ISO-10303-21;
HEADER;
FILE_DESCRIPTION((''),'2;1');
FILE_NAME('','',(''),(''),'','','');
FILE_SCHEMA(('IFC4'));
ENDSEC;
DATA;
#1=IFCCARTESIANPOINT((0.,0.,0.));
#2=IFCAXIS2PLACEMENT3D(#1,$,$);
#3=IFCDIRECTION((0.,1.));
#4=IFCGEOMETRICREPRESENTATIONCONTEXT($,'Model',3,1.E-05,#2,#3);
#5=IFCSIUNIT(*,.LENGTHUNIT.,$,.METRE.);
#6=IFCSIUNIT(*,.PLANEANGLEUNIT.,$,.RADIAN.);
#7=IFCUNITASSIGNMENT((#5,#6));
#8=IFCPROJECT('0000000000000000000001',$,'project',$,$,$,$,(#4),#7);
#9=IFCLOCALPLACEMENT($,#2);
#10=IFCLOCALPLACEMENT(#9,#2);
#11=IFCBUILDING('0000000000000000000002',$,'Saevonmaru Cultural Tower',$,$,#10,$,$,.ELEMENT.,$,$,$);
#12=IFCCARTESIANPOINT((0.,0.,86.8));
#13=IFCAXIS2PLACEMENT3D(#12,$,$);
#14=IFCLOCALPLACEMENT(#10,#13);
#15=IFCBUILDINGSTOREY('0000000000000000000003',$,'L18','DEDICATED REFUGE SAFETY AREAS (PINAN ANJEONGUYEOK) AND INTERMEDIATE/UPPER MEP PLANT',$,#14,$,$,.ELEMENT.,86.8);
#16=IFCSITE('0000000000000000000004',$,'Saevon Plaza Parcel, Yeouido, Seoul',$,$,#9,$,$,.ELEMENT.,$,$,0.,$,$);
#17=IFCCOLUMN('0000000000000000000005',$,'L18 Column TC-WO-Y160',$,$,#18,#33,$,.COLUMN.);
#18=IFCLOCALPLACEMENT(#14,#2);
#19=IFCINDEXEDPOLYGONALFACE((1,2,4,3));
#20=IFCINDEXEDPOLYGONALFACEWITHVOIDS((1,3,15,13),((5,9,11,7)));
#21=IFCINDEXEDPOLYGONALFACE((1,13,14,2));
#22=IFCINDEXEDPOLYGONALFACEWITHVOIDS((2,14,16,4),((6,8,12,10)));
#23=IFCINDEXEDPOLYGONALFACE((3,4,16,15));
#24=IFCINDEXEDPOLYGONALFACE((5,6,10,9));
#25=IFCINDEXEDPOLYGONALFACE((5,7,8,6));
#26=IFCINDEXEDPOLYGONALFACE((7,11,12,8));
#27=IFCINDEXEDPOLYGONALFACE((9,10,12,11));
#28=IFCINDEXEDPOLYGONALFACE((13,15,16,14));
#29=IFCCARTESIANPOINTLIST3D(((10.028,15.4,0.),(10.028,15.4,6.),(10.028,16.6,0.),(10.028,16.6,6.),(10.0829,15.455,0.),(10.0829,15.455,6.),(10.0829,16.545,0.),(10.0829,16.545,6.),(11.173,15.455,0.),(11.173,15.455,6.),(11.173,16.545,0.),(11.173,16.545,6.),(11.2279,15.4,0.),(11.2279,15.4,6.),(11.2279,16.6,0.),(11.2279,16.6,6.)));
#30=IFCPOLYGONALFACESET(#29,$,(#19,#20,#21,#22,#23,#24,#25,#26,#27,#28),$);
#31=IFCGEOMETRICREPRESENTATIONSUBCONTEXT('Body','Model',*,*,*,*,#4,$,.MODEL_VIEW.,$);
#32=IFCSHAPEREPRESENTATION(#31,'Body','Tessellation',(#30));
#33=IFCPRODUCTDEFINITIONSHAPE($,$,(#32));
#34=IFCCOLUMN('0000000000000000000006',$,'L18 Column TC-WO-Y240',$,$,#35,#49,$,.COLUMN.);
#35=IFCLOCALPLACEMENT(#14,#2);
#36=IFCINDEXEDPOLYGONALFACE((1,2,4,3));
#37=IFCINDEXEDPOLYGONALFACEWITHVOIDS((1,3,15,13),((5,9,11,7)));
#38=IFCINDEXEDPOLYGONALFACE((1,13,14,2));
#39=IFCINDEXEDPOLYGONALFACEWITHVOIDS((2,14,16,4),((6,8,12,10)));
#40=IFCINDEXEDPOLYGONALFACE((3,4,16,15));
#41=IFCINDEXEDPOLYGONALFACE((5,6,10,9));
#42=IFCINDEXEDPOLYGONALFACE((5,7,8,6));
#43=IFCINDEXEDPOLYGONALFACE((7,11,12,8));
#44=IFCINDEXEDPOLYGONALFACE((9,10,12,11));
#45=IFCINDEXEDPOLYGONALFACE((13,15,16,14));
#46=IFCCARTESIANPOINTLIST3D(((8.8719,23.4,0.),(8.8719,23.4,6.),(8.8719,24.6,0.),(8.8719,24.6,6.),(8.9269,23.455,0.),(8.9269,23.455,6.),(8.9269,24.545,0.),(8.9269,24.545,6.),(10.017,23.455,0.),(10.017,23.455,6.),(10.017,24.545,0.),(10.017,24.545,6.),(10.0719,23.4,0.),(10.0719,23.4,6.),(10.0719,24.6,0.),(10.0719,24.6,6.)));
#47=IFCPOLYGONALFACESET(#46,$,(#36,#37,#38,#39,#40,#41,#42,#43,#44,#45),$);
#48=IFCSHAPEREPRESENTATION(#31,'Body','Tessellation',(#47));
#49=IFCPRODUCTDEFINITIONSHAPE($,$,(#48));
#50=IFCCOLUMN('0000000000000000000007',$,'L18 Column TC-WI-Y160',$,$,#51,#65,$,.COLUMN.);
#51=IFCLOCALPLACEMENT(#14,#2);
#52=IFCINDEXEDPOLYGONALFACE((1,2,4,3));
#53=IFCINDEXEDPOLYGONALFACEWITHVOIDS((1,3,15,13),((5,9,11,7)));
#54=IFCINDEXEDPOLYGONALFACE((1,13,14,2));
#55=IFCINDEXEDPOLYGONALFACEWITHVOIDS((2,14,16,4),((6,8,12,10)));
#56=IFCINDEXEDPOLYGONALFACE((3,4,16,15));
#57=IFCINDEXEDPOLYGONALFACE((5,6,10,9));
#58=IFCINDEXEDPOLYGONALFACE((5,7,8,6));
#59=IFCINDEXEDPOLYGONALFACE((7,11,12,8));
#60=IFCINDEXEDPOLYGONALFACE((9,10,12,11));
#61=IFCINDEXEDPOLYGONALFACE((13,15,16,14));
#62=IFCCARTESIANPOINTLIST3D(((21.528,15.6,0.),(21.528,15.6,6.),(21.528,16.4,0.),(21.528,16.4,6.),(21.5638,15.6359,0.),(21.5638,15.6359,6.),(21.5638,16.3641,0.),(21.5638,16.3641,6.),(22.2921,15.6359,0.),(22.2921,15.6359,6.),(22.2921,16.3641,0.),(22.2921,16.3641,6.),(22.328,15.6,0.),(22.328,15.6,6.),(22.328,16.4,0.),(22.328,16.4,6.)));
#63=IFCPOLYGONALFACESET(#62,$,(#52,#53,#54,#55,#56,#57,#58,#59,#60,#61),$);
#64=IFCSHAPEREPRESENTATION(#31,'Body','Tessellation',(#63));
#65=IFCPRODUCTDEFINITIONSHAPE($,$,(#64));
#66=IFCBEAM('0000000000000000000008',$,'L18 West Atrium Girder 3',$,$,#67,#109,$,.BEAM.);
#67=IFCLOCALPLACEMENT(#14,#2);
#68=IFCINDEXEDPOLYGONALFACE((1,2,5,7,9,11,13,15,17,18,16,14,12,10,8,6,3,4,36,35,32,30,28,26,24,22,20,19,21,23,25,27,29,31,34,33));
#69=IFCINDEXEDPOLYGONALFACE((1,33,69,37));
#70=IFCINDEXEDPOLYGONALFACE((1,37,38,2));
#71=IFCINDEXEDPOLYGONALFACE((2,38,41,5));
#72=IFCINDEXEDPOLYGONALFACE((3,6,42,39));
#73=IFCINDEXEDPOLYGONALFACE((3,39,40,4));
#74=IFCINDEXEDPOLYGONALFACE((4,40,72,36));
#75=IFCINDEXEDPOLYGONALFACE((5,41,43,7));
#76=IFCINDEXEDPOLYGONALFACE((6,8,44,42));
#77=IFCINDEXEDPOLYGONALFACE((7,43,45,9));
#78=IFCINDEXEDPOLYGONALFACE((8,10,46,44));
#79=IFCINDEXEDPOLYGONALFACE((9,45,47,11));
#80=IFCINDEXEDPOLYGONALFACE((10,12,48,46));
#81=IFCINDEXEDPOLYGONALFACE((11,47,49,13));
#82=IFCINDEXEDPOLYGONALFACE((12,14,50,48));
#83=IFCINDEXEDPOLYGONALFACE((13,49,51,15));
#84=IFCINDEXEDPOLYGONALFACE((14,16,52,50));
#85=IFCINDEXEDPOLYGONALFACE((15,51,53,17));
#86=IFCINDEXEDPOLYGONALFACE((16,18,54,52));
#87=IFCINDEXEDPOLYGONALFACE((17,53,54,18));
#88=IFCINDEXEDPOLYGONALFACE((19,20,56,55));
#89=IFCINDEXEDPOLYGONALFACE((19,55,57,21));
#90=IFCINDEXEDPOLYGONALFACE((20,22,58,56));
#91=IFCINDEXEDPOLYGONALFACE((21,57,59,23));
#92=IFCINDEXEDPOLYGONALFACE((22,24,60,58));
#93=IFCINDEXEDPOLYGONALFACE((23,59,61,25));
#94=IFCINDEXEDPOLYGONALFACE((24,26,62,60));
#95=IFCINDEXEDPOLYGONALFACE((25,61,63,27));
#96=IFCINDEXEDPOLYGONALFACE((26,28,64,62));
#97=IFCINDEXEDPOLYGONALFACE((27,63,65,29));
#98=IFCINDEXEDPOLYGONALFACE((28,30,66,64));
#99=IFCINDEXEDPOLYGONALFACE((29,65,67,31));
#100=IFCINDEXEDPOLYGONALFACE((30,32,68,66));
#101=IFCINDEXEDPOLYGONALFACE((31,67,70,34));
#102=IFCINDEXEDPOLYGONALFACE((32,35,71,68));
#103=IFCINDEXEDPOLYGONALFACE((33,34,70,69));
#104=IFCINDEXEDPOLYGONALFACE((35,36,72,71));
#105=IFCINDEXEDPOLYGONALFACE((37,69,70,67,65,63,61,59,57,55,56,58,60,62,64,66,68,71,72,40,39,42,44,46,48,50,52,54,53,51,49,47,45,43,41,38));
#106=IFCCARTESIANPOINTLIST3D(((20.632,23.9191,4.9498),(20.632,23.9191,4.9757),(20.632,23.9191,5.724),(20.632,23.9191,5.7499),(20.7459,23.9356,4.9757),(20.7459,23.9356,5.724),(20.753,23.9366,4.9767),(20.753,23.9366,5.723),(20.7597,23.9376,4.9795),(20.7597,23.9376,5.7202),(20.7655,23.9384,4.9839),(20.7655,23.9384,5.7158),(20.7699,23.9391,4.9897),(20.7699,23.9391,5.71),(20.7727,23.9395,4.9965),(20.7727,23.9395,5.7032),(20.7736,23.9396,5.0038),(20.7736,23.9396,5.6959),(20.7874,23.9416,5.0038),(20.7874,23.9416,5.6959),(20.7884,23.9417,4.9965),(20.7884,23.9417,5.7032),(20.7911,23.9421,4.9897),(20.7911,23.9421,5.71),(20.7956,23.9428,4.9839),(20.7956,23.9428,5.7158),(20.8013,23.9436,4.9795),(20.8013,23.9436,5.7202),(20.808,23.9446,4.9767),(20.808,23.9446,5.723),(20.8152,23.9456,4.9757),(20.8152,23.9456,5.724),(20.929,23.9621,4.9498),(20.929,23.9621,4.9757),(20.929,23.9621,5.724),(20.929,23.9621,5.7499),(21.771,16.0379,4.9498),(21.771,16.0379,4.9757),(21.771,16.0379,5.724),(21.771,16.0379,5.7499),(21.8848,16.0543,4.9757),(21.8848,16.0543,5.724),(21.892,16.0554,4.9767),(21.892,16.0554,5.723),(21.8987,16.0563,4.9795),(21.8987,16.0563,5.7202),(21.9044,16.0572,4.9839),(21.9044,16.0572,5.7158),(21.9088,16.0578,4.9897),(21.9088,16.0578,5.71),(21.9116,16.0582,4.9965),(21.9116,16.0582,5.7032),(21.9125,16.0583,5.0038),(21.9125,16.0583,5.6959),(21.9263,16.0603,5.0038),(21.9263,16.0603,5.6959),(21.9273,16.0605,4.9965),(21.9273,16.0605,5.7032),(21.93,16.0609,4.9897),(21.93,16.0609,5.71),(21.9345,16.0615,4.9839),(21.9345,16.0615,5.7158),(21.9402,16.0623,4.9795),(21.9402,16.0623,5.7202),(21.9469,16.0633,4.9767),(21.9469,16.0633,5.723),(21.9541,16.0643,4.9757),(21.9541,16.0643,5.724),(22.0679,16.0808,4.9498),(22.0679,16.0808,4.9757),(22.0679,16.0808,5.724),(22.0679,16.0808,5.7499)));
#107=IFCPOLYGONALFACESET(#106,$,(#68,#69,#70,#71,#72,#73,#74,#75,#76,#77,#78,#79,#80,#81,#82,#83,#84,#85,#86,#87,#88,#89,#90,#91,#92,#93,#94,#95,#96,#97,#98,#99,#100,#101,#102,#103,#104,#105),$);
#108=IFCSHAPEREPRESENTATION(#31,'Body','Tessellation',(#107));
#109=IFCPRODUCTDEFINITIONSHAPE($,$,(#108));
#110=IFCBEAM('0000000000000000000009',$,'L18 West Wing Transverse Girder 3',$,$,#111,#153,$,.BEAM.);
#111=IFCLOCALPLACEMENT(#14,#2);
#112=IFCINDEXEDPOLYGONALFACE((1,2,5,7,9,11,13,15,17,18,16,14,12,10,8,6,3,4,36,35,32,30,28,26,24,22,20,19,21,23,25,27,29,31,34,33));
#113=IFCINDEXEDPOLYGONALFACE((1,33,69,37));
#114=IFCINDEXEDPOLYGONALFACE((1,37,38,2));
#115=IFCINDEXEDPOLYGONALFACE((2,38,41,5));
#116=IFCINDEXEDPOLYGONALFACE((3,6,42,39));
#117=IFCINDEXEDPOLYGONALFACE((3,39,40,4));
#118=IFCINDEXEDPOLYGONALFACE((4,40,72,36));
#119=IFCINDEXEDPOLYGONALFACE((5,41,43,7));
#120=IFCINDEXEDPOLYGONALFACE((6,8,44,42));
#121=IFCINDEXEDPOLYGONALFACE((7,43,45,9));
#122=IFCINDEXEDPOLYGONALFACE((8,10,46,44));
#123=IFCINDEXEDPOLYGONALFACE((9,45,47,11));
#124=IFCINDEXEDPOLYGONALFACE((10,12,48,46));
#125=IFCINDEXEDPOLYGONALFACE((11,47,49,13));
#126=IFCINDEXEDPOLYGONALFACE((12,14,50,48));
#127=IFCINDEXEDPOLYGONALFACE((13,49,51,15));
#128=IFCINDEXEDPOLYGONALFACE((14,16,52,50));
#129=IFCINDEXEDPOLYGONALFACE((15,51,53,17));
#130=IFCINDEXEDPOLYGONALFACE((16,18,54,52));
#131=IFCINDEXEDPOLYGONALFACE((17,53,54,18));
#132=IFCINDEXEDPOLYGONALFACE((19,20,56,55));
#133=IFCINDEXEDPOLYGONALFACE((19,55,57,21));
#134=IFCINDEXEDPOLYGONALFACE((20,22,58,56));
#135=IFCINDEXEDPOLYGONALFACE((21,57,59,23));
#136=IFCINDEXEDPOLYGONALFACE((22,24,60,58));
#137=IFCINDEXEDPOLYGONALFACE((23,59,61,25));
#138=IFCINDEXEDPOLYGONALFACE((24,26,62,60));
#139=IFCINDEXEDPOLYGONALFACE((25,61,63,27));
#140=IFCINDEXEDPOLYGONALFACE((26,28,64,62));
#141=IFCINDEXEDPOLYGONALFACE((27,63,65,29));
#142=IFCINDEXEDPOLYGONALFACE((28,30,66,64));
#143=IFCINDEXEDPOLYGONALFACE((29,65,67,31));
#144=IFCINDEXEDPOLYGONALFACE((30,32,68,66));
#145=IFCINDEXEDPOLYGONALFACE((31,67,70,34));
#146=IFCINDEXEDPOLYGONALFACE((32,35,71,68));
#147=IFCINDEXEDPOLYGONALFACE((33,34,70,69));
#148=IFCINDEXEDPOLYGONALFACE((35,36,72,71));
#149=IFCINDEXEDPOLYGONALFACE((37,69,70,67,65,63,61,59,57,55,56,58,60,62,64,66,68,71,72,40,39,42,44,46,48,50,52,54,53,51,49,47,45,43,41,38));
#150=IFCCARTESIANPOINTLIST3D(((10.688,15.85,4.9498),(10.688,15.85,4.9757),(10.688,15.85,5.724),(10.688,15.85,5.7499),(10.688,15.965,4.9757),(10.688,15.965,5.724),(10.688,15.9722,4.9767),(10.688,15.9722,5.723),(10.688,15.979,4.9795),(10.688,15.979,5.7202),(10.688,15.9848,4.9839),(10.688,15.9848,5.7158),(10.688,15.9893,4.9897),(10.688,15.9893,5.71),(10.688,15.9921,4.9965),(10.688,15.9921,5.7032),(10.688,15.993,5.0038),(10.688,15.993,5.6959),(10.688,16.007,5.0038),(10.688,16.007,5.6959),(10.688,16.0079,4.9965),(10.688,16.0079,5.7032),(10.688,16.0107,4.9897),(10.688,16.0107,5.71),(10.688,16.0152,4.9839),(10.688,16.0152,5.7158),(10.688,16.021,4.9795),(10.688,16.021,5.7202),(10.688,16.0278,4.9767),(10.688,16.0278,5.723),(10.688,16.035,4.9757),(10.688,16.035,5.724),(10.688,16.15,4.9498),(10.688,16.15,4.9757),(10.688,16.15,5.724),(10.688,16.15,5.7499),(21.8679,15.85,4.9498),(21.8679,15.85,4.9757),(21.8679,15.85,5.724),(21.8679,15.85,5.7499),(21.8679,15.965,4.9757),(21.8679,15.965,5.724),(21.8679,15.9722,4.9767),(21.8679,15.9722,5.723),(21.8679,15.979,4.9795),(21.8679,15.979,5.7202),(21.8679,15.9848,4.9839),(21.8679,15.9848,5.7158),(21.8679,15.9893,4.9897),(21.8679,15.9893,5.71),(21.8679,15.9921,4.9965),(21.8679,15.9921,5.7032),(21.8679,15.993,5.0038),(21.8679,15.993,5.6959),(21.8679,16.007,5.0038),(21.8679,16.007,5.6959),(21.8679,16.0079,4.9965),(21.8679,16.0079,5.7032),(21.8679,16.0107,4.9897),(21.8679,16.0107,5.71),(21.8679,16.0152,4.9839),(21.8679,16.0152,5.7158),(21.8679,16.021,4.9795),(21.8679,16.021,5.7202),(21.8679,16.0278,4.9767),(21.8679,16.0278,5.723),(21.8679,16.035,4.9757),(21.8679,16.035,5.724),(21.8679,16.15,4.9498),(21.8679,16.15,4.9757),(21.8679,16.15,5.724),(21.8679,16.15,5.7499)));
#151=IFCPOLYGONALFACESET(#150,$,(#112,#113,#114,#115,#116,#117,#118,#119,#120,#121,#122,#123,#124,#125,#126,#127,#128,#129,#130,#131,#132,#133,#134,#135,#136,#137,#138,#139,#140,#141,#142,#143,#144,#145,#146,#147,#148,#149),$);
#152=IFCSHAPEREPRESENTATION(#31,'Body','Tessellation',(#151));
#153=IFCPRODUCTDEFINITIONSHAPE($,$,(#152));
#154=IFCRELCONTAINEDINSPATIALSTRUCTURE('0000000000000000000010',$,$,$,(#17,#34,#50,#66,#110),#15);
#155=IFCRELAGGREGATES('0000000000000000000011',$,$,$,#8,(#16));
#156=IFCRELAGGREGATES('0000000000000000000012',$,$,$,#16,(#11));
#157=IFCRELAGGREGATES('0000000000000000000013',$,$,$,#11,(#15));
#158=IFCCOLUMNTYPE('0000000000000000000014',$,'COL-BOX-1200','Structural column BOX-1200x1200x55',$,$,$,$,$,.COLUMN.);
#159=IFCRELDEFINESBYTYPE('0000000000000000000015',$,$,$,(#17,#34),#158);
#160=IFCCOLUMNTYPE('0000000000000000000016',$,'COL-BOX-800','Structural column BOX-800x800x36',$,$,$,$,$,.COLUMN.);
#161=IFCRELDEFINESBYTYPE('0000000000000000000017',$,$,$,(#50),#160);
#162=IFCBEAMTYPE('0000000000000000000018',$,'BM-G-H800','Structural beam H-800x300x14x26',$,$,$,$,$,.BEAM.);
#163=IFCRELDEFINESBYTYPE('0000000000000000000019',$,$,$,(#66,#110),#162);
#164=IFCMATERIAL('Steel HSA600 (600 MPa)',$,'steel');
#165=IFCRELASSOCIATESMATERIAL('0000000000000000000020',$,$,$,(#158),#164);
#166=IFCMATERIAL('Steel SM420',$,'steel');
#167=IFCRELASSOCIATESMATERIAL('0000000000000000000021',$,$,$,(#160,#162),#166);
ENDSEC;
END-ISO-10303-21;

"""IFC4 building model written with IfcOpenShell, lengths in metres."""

from ifc_helpers import new_model, si_unit, direction, frame, origin, origin_2d, place, context, subcontext, project, spatial, hollow_rectangle, i_section, extrude, material, material_profile, profile_set, type_object, element, save


model = new_model("IFC4")

# Units and contexts
model_context = context("Model", 3, precision=1e-05, world=origin(), true_north=direction((0.0, 1.0)))
body_context = subcontext(model_context, "Body", "Model", "MODEL_VIEW")
ifc_project = project(units=[si_unit("LENGTHUNIT", "METRE"), si_unit("PLANEANGLEUNIT", "RADIAN")], contexts=[model_context])

# Site, building, storey
site_placement = place(None, origin())
site = spatial("IfcSite", under=ifc_project, at=site_placement, Name="Saevon Plaza Parcel, Yeouido, Seoul", CompositionType="ELEMENT", RefElevation=0.0)
building_placement = place(site_placement, origin())
building = spatial("IfcBuilding", under=site, at=building_placement, Name="Saevonmaru Cultural Tower", CompositionType="ELEMENT")
storey_placement = place(building_placement, frame((0.0, 0.0, 86.8)))
storey = spatial("IfcBuildingStorey", under=building, at=storey_placement, Name="L18", Description="DEDICATED REFUGE SAFETY AREAS (PINAN ANJEONGUYEOK) AND INTERMEDIATE/UPPER MEP PLANT", CompositionType="ELEMENT", Elevation=86.8)

# Columns
ifc_material_1 = material(Name="Steel HSA600 (600 MPa)", Category="steel")
ifc_material_profile_1 = material_profile(ifc_material_1, hollow_rectangle(XDim=1.2, YDim=1.2, WallThickness=0.0549, at=origin_2d()), Name="BOX-1200x1200x55")
ifc_profile_set_1 = profile_set([ifc_material_profile_1], Name="Steel HSA600 (600 MPa)")
column_type_1 = type_object("IfcColumnType", Name="COL-BOX-1200", Description="Structural column BOX-1200x1200x55", PredefinedType="COLUMN", material=ifc_profile_set_1)
for number, where, z_axis, x_axis, name in (
    (1, (10.6279, 16.0, 0.0), (0.0, 0.0, 1.0), (1.0, 0.0, 0.0), "L18 Column TC-WO-Y160"),
    (2, (9.4719, 24.0, 0.0), (0.0, 0.0, 1.0), (1.0, 0.0, 0.0), "L18 Column TC-WO-Y240"),
):
    element("IfcColumn", number, at=place(storey_placement, frame(where, z_axis=z_axis, x_axis=x_axis)), inside=storey, type_object=column_type_1, Name=name, PredefinedType="COLUMN", context=body_context, shape_type="SweptSolid", body=[
        extrude(hollow_rectangle(XDim=1.2, YDim=1.2, WallThickness=0.0549, at=origin_2d()), origin(), (0.0, 0.0, 1.0), 6.0),
    ])
ifc_material_2 = material(Name="Steel SM420", Category="steel")
ifc_material_profile_2 = material_profile(ifc_material_2, hollow_rectangle(XDim=0.8, YDim=0.8, WallThickness=0.0359, at=origin_2d()), Name="BOX-800x800x36")
ifc_profile_set_2 = profile_set([ifc_material_profile_2], Name="Steel SM420")
column_type_2 = type_object("IfcColumnType", Name="COL-BOX-800", Description="Structural column BOX-800x800x36", PredefinedType="COLUMN", material=ifc_profile_set_2)
column_placement = place(storey_placement, frame((21.928, 16.0, 0.0), z_axis=(0.0, 0.0, 1.0), x_axis=(1.0, 0.0, 0.0)))
element("IfcColumn", 3, at=column_placement, inside=storey, type_object=column_type_2, Name="L18 Column TC-WI-Y160", PredefinedType="COLUMN", context=body_context, shape_type="SweptSolid", body=[
    extrude(hollow_rectangle(XDim=0.8, YDim=0.8, WallThickness=0.0359, at=origin_2d()), origin(), (0.0, 0.0, 1.0), 6.0),
])

# Beams
ifc_material_profile_3 = material_profile(ifc_material_2, i_section(OverallWidth=0.3, OverallDepth=0.8, WebThickness=0.0139, FlangeThickness=0.0259, FilletRadius=0.0281, at=origin_2d()), Name="H-800x300x14x26")
ifc_profile_set_3 = profile_set([ifc_material_profile_3], Name="Steel SM420")
beam_type_1 = type_object("IfcBeamType", Name="BM-G-H800", Description="Structural beam H-800x300x14x26", PredefinedType="BEAM", material=ifc_profile_set_3)
beam_1_placement = place(storey_placement, frame((21.9194, 16.0593, 5.3499), z_axis=(-0.143022, 0.989719, 0.0), x_axis=(-0.989719, -0.143022, 0.0)))
element("IfcBeam", 4, at=beam_1_placement, inside=storey, type_object=beam_type_1, Name="L18 West Atrium Girder 3", PredefinedType="BEAM", context=body_context, shape_type="SweptSolid", body=[
    extrude(i_section(OverallWidth=0.3, OverallDepth=0.8, WebThickness=0.0139, FlangeThickness=0.0259, FilletRadius=0.0281, at=origin_2d()), origin(), (0.0, 0.0, 1.0), 7.9631),
])
beam_2_placement = place(storey_placement, frame((10.688, 16.0, 5.3499), z_axis=(1.0, 0.0, 0.0), x_axis=(0.0, 1.0, 0.0)))
element("IfcBeam", 5, at=beam_2_placement, inside=storey, type_object=beam_type_1, Name="L18 West Wing Transverse Girder 3", PredefinedType="BEAM", context=body_context, shape_type="SweptSolid", body=[
    extrude(i_section(OverallWidth=0.3, OverallDepth=0.8, WebThickness=0.0139, FlangeThickness=0.0259, FilletRadius=0.0281, at=origin_2d()), origin(), (0.0, 0.0, 1.0), 11.1799),
])

save(model, "model.ifc")
